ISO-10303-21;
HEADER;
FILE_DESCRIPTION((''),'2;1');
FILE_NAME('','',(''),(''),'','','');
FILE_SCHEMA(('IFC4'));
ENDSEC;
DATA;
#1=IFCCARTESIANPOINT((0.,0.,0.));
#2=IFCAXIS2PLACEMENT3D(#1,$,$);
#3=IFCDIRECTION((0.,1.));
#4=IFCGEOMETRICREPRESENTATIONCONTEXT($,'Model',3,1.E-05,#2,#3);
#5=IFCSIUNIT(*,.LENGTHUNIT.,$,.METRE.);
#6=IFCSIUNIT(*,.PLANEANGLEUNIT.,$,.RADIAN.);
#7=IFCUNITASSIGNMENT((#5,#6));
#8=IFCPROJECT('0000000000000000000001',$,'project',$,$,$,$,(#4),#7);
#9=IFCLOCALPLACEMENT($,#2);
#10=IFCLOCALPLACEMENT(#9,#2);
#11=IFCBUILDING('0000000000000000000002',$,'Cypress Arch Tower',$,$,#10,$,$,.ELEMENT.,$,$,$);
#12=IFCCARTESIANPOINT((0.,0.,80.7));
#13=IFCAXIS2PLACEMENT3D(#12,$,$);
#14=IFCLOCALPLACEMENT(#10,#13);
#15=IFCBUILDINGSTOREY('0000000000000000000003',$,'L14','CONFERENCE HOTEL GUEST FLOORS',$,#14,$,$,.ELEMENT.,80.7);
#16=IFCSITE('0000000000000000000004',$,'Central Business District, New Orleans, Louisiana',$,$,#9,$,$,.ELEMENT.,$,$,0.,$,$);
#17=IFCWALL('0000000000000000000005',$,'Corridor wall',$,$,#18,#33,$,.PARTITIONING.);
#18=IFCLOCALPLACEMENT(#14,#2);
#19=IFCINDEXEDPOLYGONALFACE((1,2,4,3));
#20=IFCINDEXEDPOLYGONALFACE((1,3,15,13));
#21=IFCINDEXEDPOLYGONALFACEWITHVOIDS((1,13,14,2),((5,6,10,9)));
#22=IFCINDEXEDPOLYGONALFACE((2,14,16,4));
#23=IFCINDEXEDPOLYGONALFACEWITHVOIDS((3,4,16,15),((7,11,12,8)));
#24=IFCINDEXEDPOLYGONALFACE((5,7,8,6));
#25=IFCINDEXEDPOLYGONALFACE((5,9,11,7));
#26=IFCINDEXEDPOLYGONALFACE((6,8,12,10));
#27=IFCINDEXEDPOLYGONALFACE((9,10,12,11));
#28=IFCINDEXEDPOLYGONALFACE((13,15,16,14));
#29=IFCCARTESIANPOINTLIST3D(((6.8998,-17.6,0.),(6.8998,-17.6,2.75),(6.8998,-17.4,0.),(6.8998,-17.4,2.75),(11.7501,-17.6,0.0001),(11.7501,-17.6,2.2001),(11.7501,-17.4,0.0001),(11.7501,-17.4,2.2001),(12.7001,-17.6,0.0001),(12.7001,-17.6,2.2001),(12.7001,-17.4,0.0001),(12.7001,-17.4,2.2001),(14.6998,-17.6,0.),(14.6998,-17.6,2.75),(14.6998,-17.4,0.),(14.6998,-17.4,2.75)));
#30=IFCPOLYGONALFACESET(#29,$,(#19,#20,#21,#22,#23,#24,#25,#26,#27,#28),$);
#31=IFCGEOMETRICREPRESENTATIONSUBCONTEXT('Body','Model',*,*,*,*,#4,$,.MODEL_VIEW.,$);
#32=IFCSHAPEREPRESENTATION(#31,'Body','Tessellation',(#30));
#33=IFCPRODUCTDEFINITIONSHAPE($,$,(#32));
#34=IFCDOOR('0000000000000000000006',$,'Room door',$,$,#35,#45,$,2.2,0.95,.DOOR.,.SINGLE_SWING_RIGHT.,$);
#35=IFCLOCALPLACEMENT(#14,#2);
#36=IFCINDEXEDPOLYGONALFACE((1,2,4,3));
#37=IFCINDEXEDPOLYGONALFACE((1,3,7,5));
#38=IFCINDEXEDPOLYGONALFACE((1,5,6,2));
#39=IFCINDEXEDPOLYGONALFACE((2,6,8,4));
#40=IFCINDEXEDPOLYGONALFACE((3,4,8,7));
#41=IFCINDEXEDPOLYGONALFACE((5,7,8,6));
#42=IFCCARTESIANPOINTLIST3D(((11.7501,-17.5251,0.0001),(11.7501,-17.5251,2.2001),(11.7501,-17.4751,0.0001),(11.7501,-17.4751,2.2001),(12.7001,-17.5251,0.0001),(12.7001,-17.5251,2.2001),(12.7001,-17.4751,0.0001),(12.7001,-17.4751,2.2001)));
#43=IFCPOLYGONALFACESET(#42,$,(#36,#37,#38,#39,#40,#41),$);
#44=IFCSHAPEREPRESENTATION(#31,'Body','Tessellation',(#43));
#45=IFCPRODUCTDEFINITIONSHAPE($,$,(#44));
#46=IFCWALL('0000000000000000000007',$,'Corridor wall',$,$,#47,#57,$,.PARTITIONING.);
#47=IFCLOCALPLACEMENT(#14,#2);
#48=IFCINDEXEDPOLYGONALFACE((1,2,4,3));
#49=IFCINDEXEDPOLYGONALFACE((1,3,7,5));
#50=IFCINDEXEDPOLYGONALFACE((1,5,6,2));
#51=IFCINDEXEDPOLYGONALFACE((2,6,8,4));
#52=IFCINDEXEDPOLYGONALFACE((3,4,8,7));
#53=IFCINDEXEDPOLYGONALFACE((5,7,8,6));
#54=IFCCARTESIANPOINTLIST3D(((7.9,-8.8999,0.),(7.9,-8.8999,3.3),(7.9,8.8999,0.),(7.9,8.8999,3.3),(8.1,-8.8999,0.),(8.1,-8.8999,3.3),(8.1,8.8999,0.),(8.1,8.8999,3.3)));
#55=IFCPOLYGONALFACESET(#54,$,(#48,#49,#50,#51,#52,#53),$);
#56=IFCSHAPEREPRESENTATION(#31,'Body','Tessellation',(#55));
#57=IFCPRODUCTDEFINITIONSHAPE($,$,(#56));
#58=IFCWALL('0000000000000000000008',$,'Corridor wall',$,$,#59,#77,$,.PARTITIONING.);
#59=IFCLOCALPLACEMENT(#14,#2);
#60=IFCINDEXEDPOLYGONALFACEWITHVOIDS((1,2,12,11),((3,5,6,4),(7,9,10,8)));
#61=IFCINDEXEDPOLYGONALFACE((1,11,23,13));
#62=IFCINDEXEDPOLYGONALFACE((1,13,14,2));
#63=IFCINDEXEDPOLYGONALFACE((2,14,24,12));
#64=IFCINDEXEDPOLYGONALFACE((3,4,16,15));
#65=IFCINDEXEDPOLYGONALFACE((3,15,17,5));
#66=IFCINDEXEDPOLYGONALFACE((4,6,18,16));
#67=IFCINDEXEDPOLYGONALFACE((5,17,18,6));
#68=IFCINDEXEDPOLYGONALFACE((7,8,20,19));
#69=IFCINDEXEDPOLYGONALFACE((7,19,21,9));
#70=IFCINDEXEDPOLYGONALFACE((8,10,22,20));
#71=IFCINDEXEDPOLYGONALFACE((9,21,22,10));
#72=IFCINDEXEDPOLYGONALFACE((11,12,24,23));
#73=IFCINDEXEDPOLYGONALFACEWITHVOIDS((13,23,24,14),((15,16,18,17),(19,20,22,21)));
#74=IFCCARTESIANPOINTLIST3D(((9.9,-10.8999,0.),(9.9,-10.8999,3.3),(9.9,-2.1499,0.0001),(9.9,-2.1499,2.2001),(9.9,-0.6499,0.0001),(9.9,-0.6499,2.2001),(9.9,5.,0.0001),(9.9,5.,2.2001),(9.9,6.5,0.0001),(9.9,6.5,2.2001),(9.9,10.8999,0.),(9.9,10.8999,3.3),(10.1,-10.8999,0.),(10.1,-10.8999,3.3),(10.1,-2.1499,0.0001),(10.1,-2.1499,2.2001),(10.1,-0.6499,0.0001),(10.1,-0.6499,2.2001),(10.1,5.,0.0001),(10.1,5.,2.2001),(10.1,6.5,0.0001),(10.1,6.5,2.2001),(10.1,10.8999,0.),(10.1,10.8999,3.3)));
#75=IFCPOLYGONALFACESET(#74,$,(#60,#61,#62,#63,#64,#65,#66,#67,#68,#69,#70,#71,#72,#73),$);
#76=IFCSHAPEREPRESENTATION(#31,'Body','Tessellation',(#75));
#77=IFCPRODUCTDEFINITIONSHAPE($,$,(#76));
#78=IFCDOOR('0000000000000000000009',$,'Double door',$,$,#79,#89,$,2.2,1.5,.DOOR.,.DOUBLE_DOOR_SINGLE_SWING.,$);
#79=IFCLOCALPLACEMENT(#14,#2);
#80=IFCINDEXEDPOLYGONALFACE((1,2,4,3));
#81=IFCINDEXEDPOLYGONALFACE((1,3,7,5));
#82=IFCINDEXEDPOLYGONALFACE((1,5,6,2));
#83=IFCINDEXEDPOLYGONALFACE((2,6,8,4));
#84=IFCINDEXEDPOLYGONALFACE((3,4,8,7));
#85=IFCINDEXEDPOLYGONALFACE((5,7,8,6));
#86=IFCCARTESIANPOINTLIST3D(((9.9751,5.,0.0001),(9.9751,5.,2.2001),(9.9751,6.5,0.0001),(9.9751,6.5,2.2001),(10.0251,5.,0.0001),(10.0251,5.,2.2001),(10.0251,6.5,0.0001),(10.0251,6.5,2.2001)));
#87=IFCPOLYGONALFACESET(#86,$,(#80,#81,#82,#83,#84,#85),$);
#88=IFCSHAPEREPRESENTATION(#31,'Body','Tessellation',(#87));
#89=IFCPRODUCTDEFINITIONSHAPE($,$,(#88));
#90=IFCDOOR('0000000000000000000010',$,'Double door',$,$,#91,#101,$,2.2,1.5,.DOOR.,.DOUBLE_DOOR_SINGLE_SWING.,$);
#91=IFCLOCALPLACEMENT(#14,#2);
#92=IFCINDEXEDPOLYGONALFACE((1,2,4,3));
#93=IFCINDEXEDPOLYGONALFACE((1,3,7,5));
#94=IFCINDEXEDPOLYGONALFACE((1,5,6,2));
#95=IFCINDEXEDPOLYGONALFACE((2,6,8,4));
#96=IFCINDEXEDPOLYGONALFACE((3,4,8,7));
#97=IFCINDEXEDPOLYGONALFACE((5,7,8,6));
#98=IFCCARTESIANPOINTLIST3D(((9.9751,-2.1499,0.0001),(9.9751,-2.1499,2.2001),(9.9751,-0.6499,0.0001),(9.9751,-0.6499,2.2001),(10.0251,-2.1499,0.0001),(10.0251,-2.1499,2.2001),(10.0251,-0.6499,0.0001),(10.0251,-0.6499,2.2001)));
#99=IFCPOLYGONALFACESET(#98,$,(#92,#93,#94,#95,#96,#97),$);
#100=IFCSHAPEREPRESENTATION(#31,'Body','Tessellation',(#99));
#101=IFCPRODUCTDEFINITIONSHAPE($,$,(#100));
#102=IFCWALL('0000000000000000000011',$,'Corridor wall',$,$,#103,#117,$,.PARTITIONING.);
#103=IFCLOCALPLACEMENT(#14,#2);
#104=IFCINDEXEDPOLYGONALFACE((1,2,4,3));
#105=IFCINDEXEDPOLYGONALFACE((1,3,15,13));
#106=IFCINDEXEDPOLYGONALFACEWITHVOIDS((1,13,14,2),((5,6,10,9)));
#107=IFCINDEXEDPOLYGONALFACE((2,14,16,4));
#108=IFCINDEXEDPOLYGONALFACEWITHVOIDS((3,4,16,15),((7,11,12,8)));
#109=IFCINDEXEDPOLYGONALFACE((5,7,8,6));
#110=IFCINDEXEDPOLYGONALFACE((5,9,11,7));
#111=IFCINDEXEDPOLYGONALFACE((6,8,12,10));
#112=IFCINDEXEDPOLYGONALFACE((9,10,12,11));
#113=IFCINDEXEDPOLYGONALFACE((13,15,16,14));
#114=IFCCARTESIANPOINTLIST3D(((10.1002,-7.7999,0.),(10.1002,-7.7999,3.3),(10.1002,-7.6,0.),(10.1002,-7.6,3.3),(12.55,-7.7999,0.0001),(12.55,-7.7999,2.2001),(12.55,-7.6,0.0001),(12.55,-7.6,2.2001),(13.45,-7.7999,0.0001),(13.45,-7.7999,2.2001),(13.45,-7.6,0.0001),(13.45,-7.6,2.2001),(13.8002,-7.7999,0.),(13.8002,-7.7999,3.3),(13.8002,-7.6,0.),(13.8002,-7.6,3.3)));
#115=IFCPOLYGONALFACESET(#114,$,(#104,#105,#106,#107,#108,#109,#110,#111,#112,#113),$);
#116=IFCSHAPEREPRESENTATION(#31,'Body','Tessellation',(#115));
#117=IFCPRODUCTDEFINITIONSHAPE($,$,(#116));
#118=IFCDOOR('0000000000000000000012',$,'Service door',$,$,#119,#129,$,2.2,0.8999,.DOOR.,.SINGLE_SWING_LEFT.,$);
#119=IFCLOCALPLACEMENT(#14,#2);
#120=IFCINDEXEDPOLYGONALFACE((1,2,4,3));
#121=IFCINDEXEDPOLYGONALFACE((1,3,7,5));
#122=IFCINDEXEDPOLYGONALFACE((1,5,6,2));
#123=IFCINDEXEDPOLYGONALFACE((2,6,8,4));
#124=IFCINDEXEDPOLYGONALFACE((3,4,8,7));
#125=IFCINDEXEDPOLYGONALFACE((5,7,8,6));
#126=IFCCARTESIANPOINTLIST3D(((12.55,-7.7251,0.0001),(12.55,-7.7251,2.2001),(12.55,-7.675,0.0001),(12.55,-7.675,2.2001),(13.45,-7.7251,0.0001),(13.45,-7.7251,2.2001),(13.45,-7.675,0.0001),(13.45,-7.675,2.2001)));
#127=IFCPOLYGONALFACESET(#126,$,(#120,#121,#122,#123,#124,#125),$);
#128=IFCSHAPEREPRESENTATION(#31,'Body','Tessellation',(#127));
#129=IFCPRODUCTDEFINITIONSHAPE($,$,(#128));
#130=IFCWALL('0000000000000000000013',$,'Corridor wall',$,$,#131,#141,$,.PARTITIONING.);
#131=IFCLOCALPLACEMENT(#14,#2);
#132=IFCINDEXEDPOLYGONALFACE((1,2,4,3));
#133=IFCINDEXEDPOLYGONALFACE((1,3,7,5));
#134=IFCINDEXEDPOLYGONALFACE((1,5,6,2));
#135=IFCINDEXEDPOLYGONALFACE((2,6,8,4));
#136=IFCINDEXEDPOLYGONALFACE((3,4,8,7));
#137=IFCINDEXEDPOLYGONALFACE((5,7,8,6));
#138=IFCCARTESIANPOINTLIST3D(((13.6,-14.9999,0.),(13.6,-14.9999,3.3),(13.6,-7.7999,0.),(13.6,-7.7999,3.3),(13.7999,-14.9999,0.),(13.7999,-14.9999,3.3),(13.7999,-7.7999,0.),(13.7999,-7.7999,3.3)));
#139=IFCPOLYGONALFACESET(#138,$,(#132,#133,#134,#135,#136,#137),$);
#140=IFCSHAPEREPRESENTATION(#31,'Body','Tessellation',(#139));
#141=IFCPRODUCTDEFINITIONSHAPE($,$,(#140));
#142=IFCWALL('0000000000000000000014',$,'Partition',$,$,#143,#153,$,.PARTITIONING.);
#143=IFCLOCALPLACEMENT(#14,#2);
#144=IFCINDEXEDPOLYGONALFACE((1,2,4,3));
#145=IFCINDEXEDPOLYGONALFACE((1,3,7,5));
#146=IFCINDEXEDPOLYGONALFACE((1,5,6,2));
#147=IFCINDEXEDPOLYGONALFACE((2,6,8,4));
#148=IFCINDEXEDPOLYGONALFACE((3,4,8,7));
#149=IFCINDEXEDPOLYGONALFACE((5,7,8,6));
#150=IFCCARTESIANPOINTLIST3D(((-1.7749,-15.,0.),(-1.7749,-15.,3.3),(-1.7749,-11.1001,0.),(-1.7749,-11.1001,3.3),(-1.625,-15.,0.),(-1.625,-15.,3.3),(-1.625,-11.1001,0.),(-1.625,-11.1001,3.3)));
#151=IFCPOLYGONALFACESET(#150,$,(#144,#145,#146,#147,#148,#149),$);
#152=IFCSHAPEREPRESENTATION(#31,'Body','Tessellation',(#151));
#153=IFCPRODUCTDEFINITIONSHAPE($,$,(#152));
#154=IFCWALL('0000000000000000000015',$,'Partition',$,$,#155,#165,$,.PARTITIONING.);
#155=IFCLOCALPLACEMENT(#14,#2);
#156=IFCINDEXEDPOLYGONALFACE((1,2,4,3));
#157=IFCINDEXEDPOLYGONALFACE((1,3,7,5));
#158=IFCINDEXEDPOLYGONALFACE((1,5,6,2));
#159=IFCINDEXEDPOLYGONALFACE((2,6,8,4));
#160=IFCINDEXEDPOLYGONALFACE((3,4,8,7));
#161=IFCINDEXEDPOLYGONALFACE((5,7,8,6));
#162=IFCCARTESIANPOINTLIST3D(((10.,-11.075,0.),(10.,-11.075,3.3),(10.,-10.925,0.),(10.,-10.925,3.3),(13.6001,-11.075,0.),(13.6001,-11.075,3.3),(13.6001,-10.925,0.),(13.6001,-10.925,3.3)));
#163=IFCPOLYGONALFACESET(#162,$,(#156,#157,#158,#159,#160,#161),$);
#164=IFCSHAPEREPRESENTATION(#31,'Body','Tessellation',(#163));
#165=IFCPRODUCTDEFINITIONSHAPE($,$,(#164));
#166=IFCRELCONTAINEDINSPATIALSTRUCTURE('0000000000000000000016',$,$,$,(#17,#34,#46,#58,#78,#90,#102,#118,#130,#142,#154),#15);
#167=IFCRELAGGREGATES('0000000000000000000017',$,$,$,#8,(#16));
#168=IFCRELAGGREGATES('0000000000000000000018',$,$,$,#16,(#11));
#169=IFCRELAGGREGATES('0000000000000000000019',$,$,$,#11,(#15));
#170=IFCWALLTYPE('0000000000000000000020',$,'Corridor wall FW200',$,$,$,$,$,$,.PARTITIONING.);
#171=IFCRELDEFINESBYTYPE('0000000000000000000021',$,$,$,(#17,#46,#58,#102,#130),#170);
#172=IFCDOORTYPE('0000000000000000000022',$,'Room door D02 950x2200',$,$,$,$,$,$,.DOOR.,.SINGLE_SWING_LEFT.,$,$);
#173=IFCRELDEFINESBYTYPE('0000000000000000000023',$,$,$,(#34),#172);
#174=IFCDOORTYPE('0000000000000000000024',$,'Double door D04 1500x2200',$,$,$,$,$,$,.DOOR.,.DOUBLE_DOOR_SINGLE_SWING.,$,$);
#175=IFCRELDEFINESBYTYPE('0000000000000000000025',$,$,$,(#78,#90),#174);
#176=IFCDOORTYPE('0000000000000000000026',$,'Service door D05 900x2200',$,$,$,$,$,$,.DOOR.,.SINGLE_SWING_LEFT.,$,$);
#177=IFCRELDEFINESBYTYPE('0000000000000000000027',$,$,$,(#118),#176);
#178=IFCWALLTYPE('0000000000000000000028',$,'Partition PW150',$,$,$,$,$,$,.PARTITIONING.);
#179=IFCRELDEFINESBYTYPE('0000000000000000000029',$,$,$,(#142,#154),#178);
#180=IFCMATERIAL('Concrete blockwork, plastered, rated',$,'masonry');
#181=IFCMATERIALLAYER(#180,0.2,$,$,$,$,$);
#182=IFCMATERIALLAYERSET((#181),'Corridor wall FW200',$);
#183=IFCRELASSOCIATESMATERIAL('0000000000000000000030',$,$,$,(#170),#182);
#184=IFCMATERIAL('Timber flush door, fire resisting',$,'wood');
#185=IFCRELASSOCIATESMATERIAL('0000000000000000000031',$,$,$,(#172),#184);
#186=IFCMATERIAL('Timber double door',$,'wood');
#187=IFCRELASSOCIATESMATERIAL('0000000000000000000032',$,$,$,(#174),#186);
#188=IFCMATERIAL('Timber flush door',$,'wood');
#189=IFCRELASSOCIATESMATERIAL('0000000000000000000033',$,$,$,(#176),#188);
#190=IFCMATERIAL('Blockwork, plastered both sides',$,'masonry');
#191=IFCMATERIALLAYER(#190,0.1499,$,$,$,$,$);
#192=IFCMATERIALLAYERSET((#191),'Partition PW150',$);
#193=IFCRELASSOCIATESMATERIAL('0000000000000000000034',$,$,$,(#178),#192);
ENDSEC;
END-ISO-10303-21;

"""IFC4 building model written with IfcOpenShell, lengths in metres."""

from ifc_helpers import new_model, si_unit, direction, frame, frame_2d, origin, place, context, subcontext, project, spatial, rectangle, extrude, material, layer, layer_set, type_object, element, fill, save


model = new_model("IFC4")

# Units and contexts
model_context = context("Model", 3, precision=1e-05, world=origin(), true_north=direction((0.0, 1.0)))
body_context = subcontext(model_context, "Body", "Model", "MODEL_VIEW")
ifc_project = project(units=[si_unit("LENGTHUNIT", "METRE"), si_unit("PLANEANGLEUNIT", "RADIAN")], contexts=[model_context])

# Site, building, storey
site_placement = place(None, origin())
site = spatial("IfcSite", under=ifc_project, at=site_placement, Name="Central Business District, New Orleans, Louisiana", CompositionType="ELEMENT", RefElevation=0.0)
building_placement = place(site_placement, origin())
building = spatial("IfcBuilding", under=site, at=building_placement, Name="Cypress Arch Tower", CompositionType="ELEMENT")
storey_placement = place(building_placement, frame((0.0, 0.0, 80.7)))
storey = spatial("IfcBuildingStorey", under=building, at=storey_placement, Name="L14", Description="CONFERENCE HOTEL GUEST FLOORS", CompositionType="ELEMENT", Elevation=80.7)

# Wall, opening, door
ifc_material_1 = material(Name="Concrete blockwork, plastered, rated", Category="masonry")
ifc_layer_1 = layer(ifc_material_1, 0.2)
ifc_layer_set_1 = layer_set([ifc_layer_1], Name="Corridor wall FW200")
wall_type_1 = type_object("IfcWallType", Name="Corridor wall FW200", PredefinedType="PARTITIONING", material=ifc_layer_set_1)
ifc_material_2 = material(Name="Timber flush door, fire resisting", Category="wood")
door_type_1 = type_object("IfcDoorType", Name="Room door D02 950x2200", OperationType="SINGLE_SWING_LEFT", PredefinedType="DOOR", material=ifc_material_2)
wall_1_placement = place(storey_placement, frame((6.8999, -17.5, 0.0), z_axis=(0.0, 0.0, 1.0), x_axis=(1.0, 0.0, 0.0)))
wall_1 = element("IfcWall", 1, at=wall_1_placement, inside=storey, type_object=wall_type_1, Name="Corridor wall", PredefinedType="PARTITIONING", context=body_context, shape_type="SweptSolid", body=[
    extrude(rectangle(XDim=7.8, YDim=0.2, at=frame_2d((3.8999, 0.0))), origin(), (0.0, 0.0, 1.0), 2.75),
])
opening_1_placement = place(wall_1_placement, frame((4.8501, 0.0, 0.0)))
opening_1 = element("IfcOpeningElement", 2, at=opening_1_placement, cuts=wall_1, PredefinedType="OPENING", context=body_context, shape_type="SweptSolid", body=[
    extrude(rectangle(XDim=0.95, YDim=2.2, at=frame_2d((0.4751, 1.1001))), frame((0.0, 0.1099, 0.0), z_axis=(0.0, -1.0, 0.0), x_axis=(1.0, 0.0, 0.0)), (0.0, 0.0, 1.0), 0.22),
])
door_1_placement = place(opening_1_placement, origin())
door_1 = element("IfcDoor", 3, at=door_1_placement, inside=storey, type_object=door_type_1, Name="Room door", OperationType="SINGLE_SWING_RIGHT", OverallHeight=2.2, OverallWidth=0.95, PredefinedType="DOOR", context=body_context, shape_type="SweptSolid", body=[
    extrude(rectangle(XDim=0.95, YDim=2.2, at=frame_2d((0.4751, 1.1001))), frame((0.0, 0.0249, 0.0), z_axis=(0.0, -1.0, 0.0), x_axis=(1.0, 0.0, 0.0)), (0.0, 0.0, 1.0), 0.05),
])
fill(opening_1, door_1)

# Wall
wall_2_placement = place(storey_placement, frame((8.0, -8.8999, 0.0), z_axis=(0.0, 0.0, 1.0), x_axis=(0.0, 1.0, 0.0)))
element("IfcWall", 4, at=wall_2_placement, inside=storey, type_object=wall_type_1, Name="Corridor wall", PredefinedType="PARTITIONING", context=body_context, shape_type="SweptSolid", body=[
    extrude(rectangle(XDim=17.7998, YDim=0.2, at=frame_2d((8.8999, 0.0))), origin(), (0.0, 0.0, 1.0), 3.3),
])

# Wall, openings, doors
wall_3_placement = place(storey_placement, frame((10.0, -10.8999, 0.0), z_axis=(0.0, 0.0, 1.0), x_axis=(0.0, 1.0, 0.0)))
wall_3 = element("IfcWall", 5, at=wall_3_placement, inside=storey, type_object=wall_type_1, Name="Corridor wall", PredefinedType="PARTITIONING", context=body_context, shape_type="SweptSolid", body=[
    extrude(rectangle(XDim=21.7998, YDim=0.2, at=frame_2d((10.8999, 0.0))), origin(), (0.0, 0.0, 1.0), 3.3),
])
opening_2_placement = place(wall_3_placement, frame((15.8999, 0.0, 0.0)))
opening_2 = element("IfcOpeningElement", 6, at=opening_2_placement, cuts=wall_3, PredefinedType="OPENING", context=body_context, shape_type="SweptSolid", body=[
    extrude(rectangle(XDim=1.5, YDim=2.2, at=frame_2d((0.75, 1.1001))), frame((0.0, 0.1099, 0.0), z_axis=(0.0, -1.0, 0.0), x_axis=(1.0, 0.0, 0.0)), (0.0, 0.0, 1.0), 0.22),
])
opening_3_placement = place(wall_3_placement, frame((8.75, 0.0, 0.0)))
opening_3 = element("IfcOpeningElement", 7, at=opening_3_placement, cuts=wall_3, PredefinedType="OPENING", context=body_context, shape_type="SweptSolid", body=[
    extrude(rectangle(XDim=1.5, YDim=2.2, at=frame_2d((0.75, 1.1001))), frame((0.0, 0.1099, 0.0), z_axis=(0.0, -1.0, 0.0), x_axis=(1.0, 0.0, 0.0)), (0.0, 0.0, 1.0), 0.22),
])
ifc_material_3 = material(Name="Timber double door", Category="wood")
door_type_2 = type_object("IfcDoorType", Name="Double door D04 1500x2200", OperationType="DOUBLE_DOOR_SINGLE_SWING", PredefinedType="DOOR", material=ifc_material_3)
door_2_placement = place(opening_2_placement, origin())
door_2 = element("IfcDoor", 8, at=door_2_placement, inside=storey, type_object=door_type_2, Name="Double door", OperationType="DOUBLE_DOOR_SINGLE_SWING", OverallHeight=2.2, OverallWidth=1.5, PredefinedType="DOOR", context=body_context, shape_type="SweptSolid", body=[
    extrude(rectangle(XDim=1.5, YDim=2.2, at=frame_2d((0.75, 1.1001))), frame((0.0, 0.0249, 0.0), z_axis=(0.0, -1.0, 0.0), x_axis=(1.0, 0.0, 0.0)), (0.0, 0.0, 1.0), 0.05),
])
fill(opening_2, door_2)
door_3_placement = place(opening_3_placement, origin())
door_3 = element("IfcDoor", 9, at=door_3_placement, inside=storey, type_object=door_type_2, Name="Double door", OperationType="DOUBLE_DOOR_SINGLE_SWING", OverallHeight=2.2, OverallWidth=1.5, PredefinedType="DOOR", context=body_context, shape_type="SweptSolid", body=[
    extrude(rectangle(XDim=1.5, YDim=2.2, at=frame_2d((0.75, 1.1001))), frame((0.0, 0.0249, 0.0), z_axis=(0.0, -1.0, 0.0), x_axis=(1.0, 0.0, 0.0)), (0.0, 0.0, 1.0), 0.05),
])
fill(opening_3, door_3)

# Wall, opening, door
wall_4_placement = place(storey_placement, frame((10.1001, -7.7, 0.0), z_axis=(0.0, 0.0, 1.0), x_axis=(1.0, 0.0, 0.0)))
wall_4 = element("IfcWall", 10, at=wall_4_placement, inside=storey, type_object=wall_type_1, Name="Corridor wall", PredefinedType="PARTITIONING", context=body_context, shape_type="SweptSolid", body=[
    extrude(rectangle(XDim=3.7, YDim=0.2, at=frame_2d((1.8501, 0.0))), origin(), (0.0, 0.0, 1.0), 3.3),
])
opening_4_placement = place(wall_4_placement, frame((2.45, 0.0, 0.0)))
opening_4 = element("IfcOpeningElement", 11, at=opening_4_placement, cuts=wall_4, PredefinedType="OPENING", context=body_context, shape_type="SweptSolid", body=[
    extrude(rectangle(XDim=0.8999, YDim=2.2, at=frame_2d((0.45, 1.1001))), frame((0.0, 0.1099, 0.0), z_axis=(0.0, -1.0, 0.0), x_axis=(1.0, 0.0, 0.0)), (0.0, 0.0, 1.0), 0.22),
])
ifc_material_4 = material(Name="Timber flush door", Category="wood")
door_type_3 = type_object("IfcDoorType", Name="Service door D05 900x2200", OperationType="SINGLE_SWING_LEFT", PredefinedType="DOOR", material=ifc_material_4)
door_4_placement = place(opening_4_placement, origin())
door_4 = element("IfcDoor", 12, at=door_4_placement, inside=storey, type_object=door_type_3, Name="Service door", OperationType="SINGLE_SWING_LEFT", OverallHeight=2.2, OverallWidth=0.8999, PredefinedType="DOOR", context=body_context, shape_type="SweptSolid", body=[
    extrude(rectangle(XDim=0.8999, YDim=2.2, at=frame_2d((0.45, 1.1001))), frame((0.0, 0.0249, 0.0), z_axis=(0.0, -1.0, 0.0), x_axis=(1.0, 0.0, 0.0)), (0.0, 0.0, 1.0), 0.05),
])
fill(opening_4, door_4)

# Walls
wall_5_placement = place(storey_placement, frame((13.7, -15.0, 0.0), z_axis=(0.0, 0.0, 1.0), x_axis=(0.0, 1.0, 0.0)))
element("IfcWall", 13, at=wall_5_placement, inside=storey, type_object=wall_type_1, Name="Corridor wall", PredefinedType="PARTITIONING", context=body_context, shape_type="SweptSolid", body=[
    extrude(rectangle(XDim=7.2, YDim=0.2, at=frame_2d((3.6001, 0.0))), origin(), (0.0, 0.0, 1.0), 3.3),
])
ifc_material_5 = material(Name="Blockwork, plastered both sides", Category="masonry")
ifc_layer_2 = layer(ifc_material_5, 0.1499)
ifc_layer_set_2 = layer_set([ifc_layer_2], Name="Partition PW150")
wall_type_2 = type_object("IfcWallType", Name="Partition PW150", PredefinedType="PARTITIONING", material=ifc_layer_set_2)
wall_6_placement = place(storey_placement, frame((-1.7, -15.0, 0.0), z_axis=(0.0, 0.0, 1.0), x_axis=(0.0, 1.0, 0.0)))
element("IfcWall", 14, at=wall_6_placement, inside=storey, type_object=wall_type_2, Name="Partition", PredefinedType="PARTITIONING", context=body_context, shape_type="SweptSolid", body=[
    extrude(rectangle(XDim=3.8999, YDim=0.1499, at=frame_2d((1.95, 0.0))), origin(), (0.0, 0.0, 1.0), 3.3),
])
wall_7_placement = place(storey_placement, frame((10.0, -11.0, 0.0), z_axis=(0.0, 0.0, 1.0), x_axis=(1.0, 0.0, 0.0)))
element("IfcWall", 15, at=wall_7_placement, inside=storey, type_object=wall_type_2, Name="Partition", PredefinedType="PARTITIONING", context=body_context, shape_type="SweptSolid", body=[
    extrude(rectangle(XDim=3.6001, YDim=0.1499, at=frame_2d((1.8, 0.0))), origin(), (0.0, 0.0, 1.0), 3.3),
])

save(model, "model.ifc")
